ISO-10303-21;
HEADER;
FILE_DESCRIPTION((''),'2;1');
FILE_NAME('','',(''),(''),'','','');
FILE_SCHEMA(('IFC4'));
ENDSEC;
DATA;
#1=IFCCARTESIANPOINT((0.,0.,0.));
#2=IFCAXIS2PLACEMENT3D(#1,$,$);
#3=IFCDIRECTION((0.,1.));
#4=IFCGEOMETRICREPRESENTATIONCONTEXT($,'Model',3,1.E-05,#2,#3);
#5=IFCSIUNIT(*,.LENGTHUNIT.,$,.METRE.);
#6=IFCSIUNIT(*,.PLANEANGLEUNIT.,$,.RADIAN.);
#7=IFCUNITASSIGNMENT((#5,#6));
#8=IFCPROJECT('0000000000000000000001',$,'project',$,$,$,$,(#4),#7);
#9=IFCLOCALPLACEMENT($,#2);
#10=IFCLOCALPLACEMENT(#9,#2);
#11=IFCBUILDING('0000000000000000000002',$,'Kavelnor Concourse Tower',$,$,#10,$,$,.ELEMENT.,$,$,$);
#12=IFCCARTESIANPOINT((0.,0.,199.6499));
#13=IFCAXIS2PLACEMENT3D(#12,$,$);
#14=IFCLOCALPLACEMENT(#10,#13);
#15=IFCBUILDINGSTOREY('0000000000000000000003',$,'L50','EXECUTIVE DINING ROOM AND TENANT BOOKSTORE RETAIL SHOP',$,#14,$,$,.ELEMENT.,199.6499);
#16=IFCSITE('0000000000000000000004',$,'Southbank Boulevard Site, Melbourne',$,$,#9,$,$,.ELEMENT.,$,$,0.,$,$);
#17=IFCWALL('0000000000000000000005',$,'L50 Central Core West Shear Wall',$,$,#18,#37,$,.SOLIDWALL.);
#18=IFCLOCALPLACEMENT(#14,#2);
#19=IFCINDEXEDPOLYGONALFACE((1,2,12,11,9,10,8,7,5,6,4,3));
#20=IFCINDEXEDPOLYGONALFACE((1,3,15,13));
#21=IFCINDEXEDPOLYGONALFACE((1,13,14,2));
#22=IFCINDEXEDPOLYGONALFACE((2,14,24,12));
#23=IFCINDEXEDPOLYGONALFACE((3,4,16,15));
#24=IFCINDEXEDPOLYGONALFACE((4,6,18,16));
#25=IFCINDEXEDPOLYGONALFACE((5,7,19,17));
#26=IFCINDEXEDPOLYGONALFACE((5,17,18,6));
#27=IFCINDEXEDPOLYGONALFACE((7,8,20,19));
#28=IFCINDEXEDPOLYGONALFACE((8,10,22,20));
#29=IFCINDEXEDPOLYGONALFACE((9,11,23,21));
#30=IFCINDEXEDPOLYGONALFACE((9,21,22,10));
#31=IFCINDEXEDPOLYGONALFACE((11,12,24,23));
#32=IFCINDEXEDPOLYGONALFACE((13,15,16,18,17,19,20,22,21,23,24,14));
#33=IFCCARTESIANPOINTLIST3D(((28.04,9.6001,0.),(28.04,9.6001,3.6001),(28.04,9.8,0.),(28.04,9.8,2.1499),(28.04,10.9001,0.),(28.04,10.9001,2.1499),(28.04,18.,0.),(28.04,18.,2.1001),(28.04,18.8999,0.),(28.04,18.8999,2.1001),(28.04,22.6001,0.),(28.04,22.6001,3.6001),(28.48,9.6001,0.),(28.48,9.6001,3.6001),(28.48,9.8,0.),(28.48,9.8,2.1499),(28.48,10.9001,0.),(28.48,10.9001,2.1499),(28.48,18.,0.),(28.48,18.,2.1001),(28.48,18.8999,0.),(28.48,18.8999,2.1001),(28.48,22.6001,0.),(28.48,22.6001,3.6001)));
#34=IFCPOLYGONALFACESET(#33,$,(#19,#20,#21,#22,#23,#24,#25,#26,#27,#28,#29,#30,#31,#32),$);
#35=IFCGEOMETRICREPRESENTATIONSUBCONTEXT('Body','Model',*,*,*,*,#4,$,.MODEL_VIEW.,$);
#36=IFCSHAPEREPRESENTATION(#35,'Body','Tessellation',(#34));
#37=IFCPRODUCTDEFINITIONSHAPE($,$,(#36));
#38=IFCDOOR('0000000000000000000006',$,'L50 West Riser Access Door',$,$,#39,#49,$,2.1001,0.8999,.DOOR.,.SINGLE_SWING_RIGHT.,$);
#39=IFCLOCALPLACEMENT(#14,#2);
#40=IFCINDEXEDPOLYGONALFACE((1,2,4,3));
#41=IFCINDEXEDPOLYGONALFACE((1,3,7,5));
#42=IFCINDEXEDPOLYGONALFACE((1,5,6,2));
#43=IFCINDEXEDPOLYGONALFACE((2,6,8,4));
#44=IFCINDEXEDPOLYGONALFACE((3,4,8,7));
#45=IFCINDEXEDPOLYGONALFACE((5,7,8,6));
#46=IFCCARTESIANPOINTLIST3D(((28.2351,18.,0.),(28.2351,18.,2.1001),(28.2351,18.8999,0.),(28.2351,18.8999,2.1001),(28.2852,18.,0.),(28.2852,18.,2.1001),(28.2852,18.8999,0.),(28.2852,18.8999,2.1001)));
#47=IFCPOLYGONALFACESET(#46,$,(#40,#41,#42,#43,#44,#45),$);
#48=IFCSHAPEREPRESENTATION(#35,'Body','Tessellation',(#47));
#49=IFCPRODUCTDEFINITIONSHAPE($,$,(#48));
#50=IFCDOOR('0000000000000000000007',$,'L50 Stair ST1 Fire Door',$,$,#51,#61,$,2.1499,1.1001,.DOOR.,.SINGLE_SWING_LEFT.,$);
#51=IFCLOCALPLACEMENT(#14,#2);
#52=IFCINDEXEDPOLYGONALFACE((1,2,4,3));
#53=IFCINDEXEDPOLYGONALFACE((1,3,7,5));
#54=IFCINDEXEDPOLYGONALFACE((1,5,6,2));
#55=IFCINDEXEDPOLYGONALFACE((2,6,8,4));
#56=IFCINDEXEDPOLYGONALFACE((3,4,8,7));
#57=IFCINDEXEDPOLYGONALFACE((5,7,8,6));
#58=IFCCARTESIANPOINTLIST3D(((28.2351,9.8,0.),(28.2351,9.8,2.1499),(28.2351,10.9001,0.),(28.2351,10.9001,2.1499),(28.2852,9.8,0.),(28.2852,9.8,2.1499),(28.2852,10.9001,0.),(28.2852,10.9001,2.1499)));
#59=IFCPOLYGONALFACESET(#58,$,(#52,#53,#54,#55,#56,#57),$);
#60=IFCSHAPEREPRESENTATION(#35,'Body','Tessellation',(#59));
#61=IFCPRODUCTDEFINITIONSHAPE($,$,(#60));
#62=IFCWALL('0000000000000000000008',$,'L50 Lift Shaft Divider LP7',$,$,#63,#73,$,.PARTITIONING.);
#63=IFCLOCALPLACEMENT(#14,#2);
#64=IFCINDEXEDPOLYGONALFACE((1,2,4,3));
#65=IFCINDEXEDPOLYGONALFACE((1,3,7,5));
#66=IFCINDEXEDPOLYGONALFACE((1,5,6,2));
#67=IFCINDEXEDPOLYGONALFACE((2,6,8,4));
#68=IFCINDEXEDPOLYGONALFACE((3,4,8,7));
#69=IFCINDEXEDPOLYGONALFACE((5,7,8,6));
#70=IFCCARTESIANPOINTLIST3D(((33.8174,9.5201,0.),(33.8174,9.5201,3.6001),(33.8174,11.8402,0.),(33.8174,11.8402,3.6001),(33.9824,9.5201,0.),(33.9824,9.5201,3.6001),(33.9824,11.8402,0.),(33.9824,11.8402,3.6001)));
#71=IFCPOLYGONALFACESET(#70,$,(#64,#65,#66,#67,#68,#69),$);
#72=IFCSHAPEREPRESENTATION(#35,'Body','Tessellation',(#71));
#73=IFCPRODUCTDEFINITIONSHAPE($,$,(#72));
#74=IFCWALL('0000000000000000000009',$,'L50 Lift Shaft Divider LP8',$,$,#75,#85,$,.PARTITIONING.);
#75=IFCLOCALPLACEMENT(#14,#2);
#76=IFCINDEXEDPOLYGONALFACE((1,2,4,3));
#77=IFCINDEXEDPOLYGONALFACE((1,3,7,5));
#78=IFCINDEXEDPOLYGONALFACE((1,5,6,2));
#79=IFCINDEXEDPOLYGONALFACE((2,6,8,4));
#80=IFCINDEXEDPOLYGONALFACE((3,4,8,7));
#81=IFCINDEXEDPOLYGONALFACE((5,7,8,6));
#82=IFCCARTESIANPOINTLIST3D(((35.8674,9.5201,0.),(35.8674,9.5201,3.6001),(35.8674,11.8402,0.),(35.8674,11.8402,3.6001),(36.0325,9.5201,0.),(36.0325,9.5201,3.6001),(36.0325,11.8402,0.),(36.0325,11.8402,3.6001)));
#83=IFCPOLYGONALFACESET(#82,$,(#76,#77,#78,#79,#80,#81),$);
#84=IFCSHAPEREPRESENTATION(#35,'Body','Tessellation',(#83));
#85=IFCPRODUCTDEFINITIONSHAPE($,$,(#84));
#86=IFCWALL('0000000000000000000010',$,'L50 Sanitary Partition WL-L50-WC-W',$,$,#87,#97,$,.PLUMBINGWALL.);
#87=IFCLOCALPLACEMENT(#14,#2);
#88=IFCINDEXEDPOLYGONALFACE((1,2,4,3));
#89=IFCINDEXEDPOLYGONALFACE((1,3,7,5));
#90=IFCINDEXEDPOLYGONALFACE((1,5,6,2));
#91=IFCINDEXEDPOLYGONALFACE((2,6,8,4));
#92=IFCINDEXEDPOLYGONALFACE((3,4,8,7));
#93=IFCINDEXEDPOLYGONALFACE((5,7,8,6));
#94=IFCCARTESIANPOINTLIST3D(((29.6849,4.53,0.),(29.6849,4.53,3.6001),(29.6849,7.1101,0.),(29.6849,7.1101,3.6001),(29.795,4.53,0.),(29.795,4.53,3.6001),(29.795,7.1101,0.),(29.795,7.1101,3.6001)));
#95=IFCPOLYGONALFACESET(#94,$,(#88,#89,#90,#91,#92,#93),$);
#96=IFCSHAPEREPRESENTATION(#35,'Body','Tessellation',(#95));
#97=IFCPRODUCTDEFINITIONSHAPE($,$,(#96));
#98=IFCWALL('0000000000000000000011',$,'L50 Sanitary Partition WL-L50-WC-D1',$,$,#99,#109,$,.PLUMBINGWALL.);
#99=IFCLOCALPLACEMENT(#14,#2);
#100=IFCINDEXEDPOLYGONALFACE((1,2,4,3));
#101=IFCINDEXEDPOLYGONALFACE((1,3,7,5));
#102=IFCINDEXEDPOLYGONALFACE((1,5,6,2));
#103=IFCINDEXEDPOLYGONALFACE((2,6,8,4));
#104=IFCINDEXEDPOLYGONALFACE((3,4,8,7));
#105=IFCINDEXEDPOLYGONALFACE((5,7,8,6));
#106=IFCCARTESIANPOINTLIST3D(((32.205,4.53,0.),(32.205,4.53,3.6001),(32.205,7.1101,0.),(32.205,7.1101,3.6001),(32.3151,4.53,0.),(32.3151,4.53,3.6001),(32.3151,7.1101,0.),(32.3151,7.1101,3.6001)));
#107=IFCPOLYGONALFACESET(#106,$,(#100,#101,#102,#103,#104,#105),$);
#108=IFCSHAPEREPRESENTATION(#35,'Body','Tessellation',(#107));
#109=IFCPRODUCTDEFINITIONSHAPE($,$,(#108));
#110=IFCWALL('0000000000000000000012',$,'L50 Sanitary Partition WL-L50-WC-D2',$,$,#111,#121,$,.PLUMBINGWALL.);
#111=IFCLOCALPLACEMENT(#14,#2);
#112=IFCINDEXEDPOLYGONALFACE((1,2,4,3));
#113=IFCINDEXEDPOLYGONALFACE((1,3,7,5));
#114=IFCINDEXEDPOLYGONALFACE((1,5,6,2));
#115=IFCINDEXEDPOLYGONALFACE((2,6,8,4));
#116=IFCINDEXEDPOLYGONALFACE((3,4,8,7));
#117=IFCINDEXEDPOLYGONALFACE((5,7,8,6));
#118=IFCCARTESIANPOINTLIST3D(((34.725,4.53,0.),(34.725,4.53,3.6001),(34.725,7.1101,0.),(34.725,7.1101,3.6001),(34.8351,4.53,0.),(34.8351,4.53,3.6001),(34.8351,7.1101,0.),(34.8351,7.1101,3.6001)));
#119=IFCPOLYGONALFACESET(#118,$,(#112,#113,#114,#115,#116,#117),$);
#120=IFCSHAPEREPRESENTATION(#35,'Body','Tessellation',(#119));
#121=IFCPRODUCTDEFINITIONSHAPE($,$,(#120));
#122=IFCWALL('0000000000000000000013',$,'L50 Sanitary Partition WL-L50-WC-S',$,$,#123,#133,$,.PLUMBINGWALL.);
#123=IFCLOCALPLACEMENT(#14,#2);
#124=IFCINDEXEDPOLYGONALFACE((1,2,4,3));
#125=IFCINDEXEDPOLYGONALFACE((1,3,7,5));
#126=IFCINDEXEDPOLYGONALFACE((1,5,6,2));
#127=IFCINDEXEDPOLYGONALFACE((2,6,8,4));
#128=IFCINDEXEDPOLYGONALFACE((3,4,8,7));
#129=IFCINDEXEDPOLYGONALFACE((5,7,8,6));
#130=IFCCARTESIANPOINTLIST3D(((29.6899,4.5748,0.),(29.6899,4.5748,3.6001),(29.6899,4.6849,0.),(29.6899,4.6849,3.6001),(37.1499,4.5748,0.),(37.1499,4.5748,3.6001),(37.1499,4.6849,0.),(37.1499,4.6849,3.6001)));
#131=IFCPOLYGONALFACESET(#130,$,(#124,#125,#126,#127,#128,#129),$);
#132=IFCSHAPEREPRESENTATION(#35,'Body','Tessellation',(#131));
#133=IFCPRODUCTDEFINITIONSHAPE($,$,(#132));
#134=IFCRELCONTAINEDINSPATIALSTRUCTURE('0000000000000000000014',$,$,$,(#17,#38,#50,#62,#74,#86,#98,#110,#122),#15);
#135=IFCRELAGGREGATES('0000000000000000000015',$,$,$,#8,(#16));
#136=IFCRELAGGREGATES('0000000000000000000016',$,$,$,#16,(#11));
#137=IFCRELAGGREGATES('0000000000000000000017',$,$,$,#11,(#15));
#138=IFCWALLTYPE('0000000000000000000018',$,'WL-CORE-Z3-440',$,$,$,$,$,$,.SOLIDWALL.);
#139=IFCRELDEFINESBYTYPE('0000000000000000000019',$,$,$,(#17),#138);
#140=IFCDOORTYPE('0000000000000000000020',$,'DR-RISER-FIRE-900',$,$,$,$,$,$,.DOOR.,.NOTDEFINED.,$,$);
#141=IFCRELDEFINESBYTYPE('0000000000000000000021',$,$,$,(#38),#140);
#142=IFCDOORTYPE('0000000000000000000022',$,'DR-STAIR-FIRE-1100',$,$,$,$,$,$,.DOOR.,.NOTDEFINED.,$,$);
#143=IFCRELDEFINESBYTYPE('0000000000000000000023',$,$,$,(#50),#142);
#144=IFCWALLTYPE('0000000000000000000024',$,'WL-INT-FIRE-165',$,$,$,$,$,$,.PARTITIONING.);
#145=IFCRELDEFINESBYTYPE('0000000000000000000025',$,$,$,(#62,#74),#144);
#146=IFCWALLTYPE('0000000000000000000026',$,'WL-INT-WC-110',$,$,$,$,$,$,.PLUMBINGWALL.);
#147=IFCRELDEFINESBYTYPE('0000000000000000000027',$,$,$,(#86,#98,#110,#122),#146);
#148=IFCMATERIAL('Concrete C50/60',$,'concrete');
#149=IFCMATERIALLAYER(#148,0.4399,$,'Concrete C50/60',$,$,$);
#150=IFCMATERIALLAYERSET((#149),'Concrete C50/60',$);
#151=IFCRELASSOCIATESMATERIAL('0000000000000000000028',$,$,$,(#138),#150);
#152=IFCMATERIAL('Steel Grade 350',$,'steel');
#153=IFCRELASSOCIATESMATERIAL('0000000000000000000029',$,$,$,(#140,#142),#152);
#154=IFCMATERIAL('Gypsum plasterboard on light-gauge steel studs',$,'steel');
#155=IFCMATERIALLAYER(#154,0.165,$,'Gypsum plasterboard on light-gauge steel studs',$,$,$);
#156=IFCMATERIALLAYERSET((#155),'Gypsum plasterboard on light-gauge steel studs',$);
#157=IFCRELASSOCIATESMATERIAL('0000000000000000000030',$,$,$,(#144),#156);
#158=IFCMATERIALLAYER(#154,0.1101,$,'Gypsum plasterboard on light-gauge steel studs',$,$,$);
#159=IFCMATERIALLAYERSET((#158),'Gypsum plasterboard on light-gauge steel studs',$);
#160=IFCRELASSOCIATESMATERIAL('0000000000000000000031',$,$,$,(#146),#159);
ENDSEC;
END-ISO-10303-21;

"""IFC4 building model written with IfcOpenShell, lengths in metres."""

from ifc_helpers import new_model, si_unit, direction, frame, frame_2d, origin, place, context, subcontext, project, spatial, rectangle, extrude, material, layer, layer_set, type_object, element, fill, save


model = new_model("IFC4")

# Units and contexts
model_context = context("Model", 3, precision=1e-05, world=origin(), true_north=direction((0.0, 1.0)))
body_context = subcontext(model_context, "Body", "Model", "MODEL_VIEW")
ifc_project = project(units=[si_unit("LENGTHUNIT", "METRE"), si_unit("PLANEANGLEUNIT", "RADIAN")], contexts=[model_context])

# Site, building, storey
site_placement = place(None, origin())
site = spatial("IfcSite", under=ifc_project, at=site_placement, Name="Southbank Boulevard Site, Melbourne", CompositionType="ELEMENT", RefElevation=0.0)
building_placement = place(site_placement, origin())
building = spatial("IfcBuilding", under=site, at=building_placement, Name="Kavelnor Concourse Tower", CompositionType="ELEMENT")
storey_placement = place(building_placement, frame((0.0, 0.0, 199.6499)))
storey = spatial("IfcBuildingStorey", under=building, at=storey_placement, Name="L50", Description="EXECUTIVE DINING ROOM AND TENANT BOOKSTORE RETAIL SHOP", CompositionType="ELEMENT", Elevation=199.6499)

# Shared definitions
ifc_material_1 = material(Name="Steel Grade 350", Category="steel")

# Shared definitions
ifc_material_2 = material(Name="Concrete C50/60", Category="concrete")
ifc_layer_1 = layer(ifc_material_2, 0.4399, Name="Concrete C50/60")
ifc_layer_set_1 = layer_set([ifc_layer_1], Name="Concrete C50/60")
wall_type_1 = type_object("IfcWallType", Name="WL-CORE-Z3-440", PredefinedType="SOLIDWALL", material=ifc_layer_set_1)

# Wall, openings, doors
wall_1_placement = place(storey_placement, frame((28.26, 9.6001, 0.0), z_axis=(0.0, 0.0, 1.0), x_axis=(0.0, 1.0, 0.0)))
wall_1 = element("IfcWall", 1, at=wall_1_placement, inside=storey, type_object=wall_type_1, Name="L50 Central Core West Shear Wall", PredefinedType="SOLIDWALL", context=body_context, shape_type="SweptSolid", body=[
    extrude(rectangle(XDim=13.0, YDim=0.4399, at=frame_2d((6.5, 0.0))), origin(), (0.0, 0.0, 1.0), 3.6001),
])
opening_1_placement = place(wall_1_placement, frame((0.2, 0.0, 0.0)))
opening_1 = element("IfcOpeningElement", 2, at=opening_1_placement, cuts=wall_1, PredefinedType="OPENING", context=body_context, shape_type="SweptSolid", body=[
    extrude(rectangle(XDim=1.1001, YDim=2.1499, at=frame_2d((0.55, 1.075))), frame((0.0, 0.23, 0.0), z_axis=(0.0, -1.0, 0.0), x_axis=(1.0, 0.0, 0.0)), (0.0, 0.0, 1.0), 0.46),
])
opening_2_placement = place(wall_1_placement, frame((8.3999, 0.0, 0.0)))
opening_2 = element("IfcOpeningElement", 3, at=opening_2_placement, cuts=wall_1, PredefinedType="OPENING", context=body_context, shape_type="SweptSolid", body=[
    extrude(rectangle(XDim=0.8999, YDim=2.1001, at=frame_2d((0.45, 1.05))), frame((0.0, 0.23, 0.0), z_axis=(0.0, -1.0, 0.0), x_axis=(1.0, 0.0, 0.0)), (0.0, 0.0, 1.0), 0.46),
])
door_type_1 = type_object("IfcDoorType", Name="DR-RISER-FIRE-900", OperationType="NOTDEFINED", PredefinedType="DOOR", material=ifc_material_1)
door_1_placement = place(opening_2_placement, origin())
door_1 = element("IfcDoor", 4, at=door_1_placement, inside=storey, type_object=door_type_1, Name="L50 West Riser Access Door", OperationType="SINGLE_SWING_RIGHT", OverallHeight=2.1001, OverallWidth=0.8999, PredefinedType="DOOR", context=body_context, shape_type="SweptSolid", body=[
    extrude(rectangle(XDim=0.8999, YDim=2.1001, at=frame_2d((0.45, 1.05))), frame((0.0, 0.0249, 0.0), z_axis=(0.0, -1.0, 0.0), x_axis=(1.0, 0.0, 0.0)), (0.0, 0.0, 1.0), 0.05),
])
fill(opening_2, door_1)
door_type_2 = type_object("IfcDoorType", Name="DR-STAIR-FIRE-1100", OperationType="NOTDEFINED", PredefinedType="DOOR", material=ifc_material_1)
door_2_placement = place(opening_1_placement, origin())
door_2 = element("IfcDoor", 5, at=door_2_placement, inside=storey, type_object=door_type_2, Name="L50 Stair ST1 Fire Door", OperationType="SINGLE_SWING_LEFT", OverallHeight=2.1499, OverallWidth=1.1001, PredefinedType="DOOR", context=body_context, shape_type="SweptSolid", body=[
    extrude(rectangle(XDim=1.1001, YDim=2.1499, at=frame_2d((0.55, 1.075))), frame((0.0, 0.0249, 0.0), z_axis=(0.0, -1.0, 0.0), x_axis=(1.0, 0.0, 0.0)), (0.0, 0.0, 1.0), 0.05),
])
fill(opening_1, door_2)

# Walls
ifc_material_3 = material(Name="Gypsum plasterboard on light-gauge steel studs", Category="steel")
ifc_layer_2 = layer(ifc_material_3, 0.165, Name="Gypsum plasterboard on light-gauge steel studs")
ifc_layer_set_2 = layer_set([ifc_layer_2], Name="Gypsum plasterboard on light-gauge steel studs")
wall_type_2 = type_object("IfcWallType", Name="WL-INT-FIRE-165", PredefinedType="PARTITIONING", material=ifc_layer_set_2)
for number, where, z_axis, x_axis, name in (
    (6, (33.8999, 9.52, 0.0), (0.0, 0.0, 1.0), (0.0, 1.0, 0.0), "L50 Lift Shaft Divider LP7"),
    (7, (35.95, 9.52, 0.0), (0.0, 0.0, 1.0), (0.0, 1.0, 0.0), "L50 Lift Shaft Divider LP8"),
):
    element("IfcWall", number, at=place(storey_placement, frame(where, z_axis=z_axis, x_axis=x_axis)), inside=storey, type_object=wall_type_2, Name=name, PredefinedType="PARTITIONING", context=body_context, shape_type="SweptSolid", body=[
        extrude(rectangle(XDim=2.3201, YDim=0.165, at=frame_2d((1.1602, 0.0))), origin(), (0.0, 0.0, 1.0), 3.6001),
    ])
ifc_layer_3 = layer(ifc_material_3, 0.1101, Name="Gypsum plasterboard on light-gauge steel studs")
ifc_layer_set_3 = layer_set([ifc_layer_3], Name="Gypsum plasterboard on light-gauge steel studs")
wall_type_3 = type_object("IfcWallType", Name="WL-INT-WC-110", PredefinedType="PLUMBINGWALL", material=ifc_layer_set_3)
for number, where, z_axis, x_axis, name in (
    (8, (29.74, 4.53, 0.0), (0.0, 0.0, 1.0), (0.0, 1.0, 0.0), "L50 Sanitary Partition WL-L50-WC-W"),
    (9, (32.26, 4.53, 0.0), (0.0, 0.0, 1.0), (0.0, 1.0, 0.0), "L50 Sanitary Partition WL-L50-WC-D1"),
    (10, (34.78, 4.53, 0.0), (0.0, 0.0, 1.0), (0.0, 1.0, 0.0), "L50 Sanitary Partition WL-L50-WC-D2"),
):
    element("IfcWall", number, at=place(storey_placement, frame(where, z_axis=z_axis, x_axis=x_axis)), inside=storey, type_object=wall_type_3, Name=name, PredefinedType="PLUMBINGWALL", context=body_context, shape_type="SweptSolid", body=[
        extrude(rectangle(XDim=2.5801, YDim=0.1101, at=frame_2d((1.29, 0.0))), origin(), (0.0, 0.0, 1.0), 3.6001),
    ])
wall_2_placement = place(storey_placement, frame((29.6899, 4.6299, 0.0), z_axis=(0.0, 0.0, 1.0), x_axis=(1.0, 0.0, 0.0)))
element("IfcWall", 11, at=wall_2_placement, inside=storey, type_object=wall_type_3, Name="L50 Sanitary Partition WL-L50-WC-S", PredefinedType="PLUMBINGWALL", context=body_context, shape_type="SweptSolid", body=[
    extrude(rectangle(XDim=7.46, YDim=0.1101, at=frame_2d((3.73, 0.0))), origin(), (0.0, 0.0, 1.0), 3.6001),
])

save(model, "model.ifc")
